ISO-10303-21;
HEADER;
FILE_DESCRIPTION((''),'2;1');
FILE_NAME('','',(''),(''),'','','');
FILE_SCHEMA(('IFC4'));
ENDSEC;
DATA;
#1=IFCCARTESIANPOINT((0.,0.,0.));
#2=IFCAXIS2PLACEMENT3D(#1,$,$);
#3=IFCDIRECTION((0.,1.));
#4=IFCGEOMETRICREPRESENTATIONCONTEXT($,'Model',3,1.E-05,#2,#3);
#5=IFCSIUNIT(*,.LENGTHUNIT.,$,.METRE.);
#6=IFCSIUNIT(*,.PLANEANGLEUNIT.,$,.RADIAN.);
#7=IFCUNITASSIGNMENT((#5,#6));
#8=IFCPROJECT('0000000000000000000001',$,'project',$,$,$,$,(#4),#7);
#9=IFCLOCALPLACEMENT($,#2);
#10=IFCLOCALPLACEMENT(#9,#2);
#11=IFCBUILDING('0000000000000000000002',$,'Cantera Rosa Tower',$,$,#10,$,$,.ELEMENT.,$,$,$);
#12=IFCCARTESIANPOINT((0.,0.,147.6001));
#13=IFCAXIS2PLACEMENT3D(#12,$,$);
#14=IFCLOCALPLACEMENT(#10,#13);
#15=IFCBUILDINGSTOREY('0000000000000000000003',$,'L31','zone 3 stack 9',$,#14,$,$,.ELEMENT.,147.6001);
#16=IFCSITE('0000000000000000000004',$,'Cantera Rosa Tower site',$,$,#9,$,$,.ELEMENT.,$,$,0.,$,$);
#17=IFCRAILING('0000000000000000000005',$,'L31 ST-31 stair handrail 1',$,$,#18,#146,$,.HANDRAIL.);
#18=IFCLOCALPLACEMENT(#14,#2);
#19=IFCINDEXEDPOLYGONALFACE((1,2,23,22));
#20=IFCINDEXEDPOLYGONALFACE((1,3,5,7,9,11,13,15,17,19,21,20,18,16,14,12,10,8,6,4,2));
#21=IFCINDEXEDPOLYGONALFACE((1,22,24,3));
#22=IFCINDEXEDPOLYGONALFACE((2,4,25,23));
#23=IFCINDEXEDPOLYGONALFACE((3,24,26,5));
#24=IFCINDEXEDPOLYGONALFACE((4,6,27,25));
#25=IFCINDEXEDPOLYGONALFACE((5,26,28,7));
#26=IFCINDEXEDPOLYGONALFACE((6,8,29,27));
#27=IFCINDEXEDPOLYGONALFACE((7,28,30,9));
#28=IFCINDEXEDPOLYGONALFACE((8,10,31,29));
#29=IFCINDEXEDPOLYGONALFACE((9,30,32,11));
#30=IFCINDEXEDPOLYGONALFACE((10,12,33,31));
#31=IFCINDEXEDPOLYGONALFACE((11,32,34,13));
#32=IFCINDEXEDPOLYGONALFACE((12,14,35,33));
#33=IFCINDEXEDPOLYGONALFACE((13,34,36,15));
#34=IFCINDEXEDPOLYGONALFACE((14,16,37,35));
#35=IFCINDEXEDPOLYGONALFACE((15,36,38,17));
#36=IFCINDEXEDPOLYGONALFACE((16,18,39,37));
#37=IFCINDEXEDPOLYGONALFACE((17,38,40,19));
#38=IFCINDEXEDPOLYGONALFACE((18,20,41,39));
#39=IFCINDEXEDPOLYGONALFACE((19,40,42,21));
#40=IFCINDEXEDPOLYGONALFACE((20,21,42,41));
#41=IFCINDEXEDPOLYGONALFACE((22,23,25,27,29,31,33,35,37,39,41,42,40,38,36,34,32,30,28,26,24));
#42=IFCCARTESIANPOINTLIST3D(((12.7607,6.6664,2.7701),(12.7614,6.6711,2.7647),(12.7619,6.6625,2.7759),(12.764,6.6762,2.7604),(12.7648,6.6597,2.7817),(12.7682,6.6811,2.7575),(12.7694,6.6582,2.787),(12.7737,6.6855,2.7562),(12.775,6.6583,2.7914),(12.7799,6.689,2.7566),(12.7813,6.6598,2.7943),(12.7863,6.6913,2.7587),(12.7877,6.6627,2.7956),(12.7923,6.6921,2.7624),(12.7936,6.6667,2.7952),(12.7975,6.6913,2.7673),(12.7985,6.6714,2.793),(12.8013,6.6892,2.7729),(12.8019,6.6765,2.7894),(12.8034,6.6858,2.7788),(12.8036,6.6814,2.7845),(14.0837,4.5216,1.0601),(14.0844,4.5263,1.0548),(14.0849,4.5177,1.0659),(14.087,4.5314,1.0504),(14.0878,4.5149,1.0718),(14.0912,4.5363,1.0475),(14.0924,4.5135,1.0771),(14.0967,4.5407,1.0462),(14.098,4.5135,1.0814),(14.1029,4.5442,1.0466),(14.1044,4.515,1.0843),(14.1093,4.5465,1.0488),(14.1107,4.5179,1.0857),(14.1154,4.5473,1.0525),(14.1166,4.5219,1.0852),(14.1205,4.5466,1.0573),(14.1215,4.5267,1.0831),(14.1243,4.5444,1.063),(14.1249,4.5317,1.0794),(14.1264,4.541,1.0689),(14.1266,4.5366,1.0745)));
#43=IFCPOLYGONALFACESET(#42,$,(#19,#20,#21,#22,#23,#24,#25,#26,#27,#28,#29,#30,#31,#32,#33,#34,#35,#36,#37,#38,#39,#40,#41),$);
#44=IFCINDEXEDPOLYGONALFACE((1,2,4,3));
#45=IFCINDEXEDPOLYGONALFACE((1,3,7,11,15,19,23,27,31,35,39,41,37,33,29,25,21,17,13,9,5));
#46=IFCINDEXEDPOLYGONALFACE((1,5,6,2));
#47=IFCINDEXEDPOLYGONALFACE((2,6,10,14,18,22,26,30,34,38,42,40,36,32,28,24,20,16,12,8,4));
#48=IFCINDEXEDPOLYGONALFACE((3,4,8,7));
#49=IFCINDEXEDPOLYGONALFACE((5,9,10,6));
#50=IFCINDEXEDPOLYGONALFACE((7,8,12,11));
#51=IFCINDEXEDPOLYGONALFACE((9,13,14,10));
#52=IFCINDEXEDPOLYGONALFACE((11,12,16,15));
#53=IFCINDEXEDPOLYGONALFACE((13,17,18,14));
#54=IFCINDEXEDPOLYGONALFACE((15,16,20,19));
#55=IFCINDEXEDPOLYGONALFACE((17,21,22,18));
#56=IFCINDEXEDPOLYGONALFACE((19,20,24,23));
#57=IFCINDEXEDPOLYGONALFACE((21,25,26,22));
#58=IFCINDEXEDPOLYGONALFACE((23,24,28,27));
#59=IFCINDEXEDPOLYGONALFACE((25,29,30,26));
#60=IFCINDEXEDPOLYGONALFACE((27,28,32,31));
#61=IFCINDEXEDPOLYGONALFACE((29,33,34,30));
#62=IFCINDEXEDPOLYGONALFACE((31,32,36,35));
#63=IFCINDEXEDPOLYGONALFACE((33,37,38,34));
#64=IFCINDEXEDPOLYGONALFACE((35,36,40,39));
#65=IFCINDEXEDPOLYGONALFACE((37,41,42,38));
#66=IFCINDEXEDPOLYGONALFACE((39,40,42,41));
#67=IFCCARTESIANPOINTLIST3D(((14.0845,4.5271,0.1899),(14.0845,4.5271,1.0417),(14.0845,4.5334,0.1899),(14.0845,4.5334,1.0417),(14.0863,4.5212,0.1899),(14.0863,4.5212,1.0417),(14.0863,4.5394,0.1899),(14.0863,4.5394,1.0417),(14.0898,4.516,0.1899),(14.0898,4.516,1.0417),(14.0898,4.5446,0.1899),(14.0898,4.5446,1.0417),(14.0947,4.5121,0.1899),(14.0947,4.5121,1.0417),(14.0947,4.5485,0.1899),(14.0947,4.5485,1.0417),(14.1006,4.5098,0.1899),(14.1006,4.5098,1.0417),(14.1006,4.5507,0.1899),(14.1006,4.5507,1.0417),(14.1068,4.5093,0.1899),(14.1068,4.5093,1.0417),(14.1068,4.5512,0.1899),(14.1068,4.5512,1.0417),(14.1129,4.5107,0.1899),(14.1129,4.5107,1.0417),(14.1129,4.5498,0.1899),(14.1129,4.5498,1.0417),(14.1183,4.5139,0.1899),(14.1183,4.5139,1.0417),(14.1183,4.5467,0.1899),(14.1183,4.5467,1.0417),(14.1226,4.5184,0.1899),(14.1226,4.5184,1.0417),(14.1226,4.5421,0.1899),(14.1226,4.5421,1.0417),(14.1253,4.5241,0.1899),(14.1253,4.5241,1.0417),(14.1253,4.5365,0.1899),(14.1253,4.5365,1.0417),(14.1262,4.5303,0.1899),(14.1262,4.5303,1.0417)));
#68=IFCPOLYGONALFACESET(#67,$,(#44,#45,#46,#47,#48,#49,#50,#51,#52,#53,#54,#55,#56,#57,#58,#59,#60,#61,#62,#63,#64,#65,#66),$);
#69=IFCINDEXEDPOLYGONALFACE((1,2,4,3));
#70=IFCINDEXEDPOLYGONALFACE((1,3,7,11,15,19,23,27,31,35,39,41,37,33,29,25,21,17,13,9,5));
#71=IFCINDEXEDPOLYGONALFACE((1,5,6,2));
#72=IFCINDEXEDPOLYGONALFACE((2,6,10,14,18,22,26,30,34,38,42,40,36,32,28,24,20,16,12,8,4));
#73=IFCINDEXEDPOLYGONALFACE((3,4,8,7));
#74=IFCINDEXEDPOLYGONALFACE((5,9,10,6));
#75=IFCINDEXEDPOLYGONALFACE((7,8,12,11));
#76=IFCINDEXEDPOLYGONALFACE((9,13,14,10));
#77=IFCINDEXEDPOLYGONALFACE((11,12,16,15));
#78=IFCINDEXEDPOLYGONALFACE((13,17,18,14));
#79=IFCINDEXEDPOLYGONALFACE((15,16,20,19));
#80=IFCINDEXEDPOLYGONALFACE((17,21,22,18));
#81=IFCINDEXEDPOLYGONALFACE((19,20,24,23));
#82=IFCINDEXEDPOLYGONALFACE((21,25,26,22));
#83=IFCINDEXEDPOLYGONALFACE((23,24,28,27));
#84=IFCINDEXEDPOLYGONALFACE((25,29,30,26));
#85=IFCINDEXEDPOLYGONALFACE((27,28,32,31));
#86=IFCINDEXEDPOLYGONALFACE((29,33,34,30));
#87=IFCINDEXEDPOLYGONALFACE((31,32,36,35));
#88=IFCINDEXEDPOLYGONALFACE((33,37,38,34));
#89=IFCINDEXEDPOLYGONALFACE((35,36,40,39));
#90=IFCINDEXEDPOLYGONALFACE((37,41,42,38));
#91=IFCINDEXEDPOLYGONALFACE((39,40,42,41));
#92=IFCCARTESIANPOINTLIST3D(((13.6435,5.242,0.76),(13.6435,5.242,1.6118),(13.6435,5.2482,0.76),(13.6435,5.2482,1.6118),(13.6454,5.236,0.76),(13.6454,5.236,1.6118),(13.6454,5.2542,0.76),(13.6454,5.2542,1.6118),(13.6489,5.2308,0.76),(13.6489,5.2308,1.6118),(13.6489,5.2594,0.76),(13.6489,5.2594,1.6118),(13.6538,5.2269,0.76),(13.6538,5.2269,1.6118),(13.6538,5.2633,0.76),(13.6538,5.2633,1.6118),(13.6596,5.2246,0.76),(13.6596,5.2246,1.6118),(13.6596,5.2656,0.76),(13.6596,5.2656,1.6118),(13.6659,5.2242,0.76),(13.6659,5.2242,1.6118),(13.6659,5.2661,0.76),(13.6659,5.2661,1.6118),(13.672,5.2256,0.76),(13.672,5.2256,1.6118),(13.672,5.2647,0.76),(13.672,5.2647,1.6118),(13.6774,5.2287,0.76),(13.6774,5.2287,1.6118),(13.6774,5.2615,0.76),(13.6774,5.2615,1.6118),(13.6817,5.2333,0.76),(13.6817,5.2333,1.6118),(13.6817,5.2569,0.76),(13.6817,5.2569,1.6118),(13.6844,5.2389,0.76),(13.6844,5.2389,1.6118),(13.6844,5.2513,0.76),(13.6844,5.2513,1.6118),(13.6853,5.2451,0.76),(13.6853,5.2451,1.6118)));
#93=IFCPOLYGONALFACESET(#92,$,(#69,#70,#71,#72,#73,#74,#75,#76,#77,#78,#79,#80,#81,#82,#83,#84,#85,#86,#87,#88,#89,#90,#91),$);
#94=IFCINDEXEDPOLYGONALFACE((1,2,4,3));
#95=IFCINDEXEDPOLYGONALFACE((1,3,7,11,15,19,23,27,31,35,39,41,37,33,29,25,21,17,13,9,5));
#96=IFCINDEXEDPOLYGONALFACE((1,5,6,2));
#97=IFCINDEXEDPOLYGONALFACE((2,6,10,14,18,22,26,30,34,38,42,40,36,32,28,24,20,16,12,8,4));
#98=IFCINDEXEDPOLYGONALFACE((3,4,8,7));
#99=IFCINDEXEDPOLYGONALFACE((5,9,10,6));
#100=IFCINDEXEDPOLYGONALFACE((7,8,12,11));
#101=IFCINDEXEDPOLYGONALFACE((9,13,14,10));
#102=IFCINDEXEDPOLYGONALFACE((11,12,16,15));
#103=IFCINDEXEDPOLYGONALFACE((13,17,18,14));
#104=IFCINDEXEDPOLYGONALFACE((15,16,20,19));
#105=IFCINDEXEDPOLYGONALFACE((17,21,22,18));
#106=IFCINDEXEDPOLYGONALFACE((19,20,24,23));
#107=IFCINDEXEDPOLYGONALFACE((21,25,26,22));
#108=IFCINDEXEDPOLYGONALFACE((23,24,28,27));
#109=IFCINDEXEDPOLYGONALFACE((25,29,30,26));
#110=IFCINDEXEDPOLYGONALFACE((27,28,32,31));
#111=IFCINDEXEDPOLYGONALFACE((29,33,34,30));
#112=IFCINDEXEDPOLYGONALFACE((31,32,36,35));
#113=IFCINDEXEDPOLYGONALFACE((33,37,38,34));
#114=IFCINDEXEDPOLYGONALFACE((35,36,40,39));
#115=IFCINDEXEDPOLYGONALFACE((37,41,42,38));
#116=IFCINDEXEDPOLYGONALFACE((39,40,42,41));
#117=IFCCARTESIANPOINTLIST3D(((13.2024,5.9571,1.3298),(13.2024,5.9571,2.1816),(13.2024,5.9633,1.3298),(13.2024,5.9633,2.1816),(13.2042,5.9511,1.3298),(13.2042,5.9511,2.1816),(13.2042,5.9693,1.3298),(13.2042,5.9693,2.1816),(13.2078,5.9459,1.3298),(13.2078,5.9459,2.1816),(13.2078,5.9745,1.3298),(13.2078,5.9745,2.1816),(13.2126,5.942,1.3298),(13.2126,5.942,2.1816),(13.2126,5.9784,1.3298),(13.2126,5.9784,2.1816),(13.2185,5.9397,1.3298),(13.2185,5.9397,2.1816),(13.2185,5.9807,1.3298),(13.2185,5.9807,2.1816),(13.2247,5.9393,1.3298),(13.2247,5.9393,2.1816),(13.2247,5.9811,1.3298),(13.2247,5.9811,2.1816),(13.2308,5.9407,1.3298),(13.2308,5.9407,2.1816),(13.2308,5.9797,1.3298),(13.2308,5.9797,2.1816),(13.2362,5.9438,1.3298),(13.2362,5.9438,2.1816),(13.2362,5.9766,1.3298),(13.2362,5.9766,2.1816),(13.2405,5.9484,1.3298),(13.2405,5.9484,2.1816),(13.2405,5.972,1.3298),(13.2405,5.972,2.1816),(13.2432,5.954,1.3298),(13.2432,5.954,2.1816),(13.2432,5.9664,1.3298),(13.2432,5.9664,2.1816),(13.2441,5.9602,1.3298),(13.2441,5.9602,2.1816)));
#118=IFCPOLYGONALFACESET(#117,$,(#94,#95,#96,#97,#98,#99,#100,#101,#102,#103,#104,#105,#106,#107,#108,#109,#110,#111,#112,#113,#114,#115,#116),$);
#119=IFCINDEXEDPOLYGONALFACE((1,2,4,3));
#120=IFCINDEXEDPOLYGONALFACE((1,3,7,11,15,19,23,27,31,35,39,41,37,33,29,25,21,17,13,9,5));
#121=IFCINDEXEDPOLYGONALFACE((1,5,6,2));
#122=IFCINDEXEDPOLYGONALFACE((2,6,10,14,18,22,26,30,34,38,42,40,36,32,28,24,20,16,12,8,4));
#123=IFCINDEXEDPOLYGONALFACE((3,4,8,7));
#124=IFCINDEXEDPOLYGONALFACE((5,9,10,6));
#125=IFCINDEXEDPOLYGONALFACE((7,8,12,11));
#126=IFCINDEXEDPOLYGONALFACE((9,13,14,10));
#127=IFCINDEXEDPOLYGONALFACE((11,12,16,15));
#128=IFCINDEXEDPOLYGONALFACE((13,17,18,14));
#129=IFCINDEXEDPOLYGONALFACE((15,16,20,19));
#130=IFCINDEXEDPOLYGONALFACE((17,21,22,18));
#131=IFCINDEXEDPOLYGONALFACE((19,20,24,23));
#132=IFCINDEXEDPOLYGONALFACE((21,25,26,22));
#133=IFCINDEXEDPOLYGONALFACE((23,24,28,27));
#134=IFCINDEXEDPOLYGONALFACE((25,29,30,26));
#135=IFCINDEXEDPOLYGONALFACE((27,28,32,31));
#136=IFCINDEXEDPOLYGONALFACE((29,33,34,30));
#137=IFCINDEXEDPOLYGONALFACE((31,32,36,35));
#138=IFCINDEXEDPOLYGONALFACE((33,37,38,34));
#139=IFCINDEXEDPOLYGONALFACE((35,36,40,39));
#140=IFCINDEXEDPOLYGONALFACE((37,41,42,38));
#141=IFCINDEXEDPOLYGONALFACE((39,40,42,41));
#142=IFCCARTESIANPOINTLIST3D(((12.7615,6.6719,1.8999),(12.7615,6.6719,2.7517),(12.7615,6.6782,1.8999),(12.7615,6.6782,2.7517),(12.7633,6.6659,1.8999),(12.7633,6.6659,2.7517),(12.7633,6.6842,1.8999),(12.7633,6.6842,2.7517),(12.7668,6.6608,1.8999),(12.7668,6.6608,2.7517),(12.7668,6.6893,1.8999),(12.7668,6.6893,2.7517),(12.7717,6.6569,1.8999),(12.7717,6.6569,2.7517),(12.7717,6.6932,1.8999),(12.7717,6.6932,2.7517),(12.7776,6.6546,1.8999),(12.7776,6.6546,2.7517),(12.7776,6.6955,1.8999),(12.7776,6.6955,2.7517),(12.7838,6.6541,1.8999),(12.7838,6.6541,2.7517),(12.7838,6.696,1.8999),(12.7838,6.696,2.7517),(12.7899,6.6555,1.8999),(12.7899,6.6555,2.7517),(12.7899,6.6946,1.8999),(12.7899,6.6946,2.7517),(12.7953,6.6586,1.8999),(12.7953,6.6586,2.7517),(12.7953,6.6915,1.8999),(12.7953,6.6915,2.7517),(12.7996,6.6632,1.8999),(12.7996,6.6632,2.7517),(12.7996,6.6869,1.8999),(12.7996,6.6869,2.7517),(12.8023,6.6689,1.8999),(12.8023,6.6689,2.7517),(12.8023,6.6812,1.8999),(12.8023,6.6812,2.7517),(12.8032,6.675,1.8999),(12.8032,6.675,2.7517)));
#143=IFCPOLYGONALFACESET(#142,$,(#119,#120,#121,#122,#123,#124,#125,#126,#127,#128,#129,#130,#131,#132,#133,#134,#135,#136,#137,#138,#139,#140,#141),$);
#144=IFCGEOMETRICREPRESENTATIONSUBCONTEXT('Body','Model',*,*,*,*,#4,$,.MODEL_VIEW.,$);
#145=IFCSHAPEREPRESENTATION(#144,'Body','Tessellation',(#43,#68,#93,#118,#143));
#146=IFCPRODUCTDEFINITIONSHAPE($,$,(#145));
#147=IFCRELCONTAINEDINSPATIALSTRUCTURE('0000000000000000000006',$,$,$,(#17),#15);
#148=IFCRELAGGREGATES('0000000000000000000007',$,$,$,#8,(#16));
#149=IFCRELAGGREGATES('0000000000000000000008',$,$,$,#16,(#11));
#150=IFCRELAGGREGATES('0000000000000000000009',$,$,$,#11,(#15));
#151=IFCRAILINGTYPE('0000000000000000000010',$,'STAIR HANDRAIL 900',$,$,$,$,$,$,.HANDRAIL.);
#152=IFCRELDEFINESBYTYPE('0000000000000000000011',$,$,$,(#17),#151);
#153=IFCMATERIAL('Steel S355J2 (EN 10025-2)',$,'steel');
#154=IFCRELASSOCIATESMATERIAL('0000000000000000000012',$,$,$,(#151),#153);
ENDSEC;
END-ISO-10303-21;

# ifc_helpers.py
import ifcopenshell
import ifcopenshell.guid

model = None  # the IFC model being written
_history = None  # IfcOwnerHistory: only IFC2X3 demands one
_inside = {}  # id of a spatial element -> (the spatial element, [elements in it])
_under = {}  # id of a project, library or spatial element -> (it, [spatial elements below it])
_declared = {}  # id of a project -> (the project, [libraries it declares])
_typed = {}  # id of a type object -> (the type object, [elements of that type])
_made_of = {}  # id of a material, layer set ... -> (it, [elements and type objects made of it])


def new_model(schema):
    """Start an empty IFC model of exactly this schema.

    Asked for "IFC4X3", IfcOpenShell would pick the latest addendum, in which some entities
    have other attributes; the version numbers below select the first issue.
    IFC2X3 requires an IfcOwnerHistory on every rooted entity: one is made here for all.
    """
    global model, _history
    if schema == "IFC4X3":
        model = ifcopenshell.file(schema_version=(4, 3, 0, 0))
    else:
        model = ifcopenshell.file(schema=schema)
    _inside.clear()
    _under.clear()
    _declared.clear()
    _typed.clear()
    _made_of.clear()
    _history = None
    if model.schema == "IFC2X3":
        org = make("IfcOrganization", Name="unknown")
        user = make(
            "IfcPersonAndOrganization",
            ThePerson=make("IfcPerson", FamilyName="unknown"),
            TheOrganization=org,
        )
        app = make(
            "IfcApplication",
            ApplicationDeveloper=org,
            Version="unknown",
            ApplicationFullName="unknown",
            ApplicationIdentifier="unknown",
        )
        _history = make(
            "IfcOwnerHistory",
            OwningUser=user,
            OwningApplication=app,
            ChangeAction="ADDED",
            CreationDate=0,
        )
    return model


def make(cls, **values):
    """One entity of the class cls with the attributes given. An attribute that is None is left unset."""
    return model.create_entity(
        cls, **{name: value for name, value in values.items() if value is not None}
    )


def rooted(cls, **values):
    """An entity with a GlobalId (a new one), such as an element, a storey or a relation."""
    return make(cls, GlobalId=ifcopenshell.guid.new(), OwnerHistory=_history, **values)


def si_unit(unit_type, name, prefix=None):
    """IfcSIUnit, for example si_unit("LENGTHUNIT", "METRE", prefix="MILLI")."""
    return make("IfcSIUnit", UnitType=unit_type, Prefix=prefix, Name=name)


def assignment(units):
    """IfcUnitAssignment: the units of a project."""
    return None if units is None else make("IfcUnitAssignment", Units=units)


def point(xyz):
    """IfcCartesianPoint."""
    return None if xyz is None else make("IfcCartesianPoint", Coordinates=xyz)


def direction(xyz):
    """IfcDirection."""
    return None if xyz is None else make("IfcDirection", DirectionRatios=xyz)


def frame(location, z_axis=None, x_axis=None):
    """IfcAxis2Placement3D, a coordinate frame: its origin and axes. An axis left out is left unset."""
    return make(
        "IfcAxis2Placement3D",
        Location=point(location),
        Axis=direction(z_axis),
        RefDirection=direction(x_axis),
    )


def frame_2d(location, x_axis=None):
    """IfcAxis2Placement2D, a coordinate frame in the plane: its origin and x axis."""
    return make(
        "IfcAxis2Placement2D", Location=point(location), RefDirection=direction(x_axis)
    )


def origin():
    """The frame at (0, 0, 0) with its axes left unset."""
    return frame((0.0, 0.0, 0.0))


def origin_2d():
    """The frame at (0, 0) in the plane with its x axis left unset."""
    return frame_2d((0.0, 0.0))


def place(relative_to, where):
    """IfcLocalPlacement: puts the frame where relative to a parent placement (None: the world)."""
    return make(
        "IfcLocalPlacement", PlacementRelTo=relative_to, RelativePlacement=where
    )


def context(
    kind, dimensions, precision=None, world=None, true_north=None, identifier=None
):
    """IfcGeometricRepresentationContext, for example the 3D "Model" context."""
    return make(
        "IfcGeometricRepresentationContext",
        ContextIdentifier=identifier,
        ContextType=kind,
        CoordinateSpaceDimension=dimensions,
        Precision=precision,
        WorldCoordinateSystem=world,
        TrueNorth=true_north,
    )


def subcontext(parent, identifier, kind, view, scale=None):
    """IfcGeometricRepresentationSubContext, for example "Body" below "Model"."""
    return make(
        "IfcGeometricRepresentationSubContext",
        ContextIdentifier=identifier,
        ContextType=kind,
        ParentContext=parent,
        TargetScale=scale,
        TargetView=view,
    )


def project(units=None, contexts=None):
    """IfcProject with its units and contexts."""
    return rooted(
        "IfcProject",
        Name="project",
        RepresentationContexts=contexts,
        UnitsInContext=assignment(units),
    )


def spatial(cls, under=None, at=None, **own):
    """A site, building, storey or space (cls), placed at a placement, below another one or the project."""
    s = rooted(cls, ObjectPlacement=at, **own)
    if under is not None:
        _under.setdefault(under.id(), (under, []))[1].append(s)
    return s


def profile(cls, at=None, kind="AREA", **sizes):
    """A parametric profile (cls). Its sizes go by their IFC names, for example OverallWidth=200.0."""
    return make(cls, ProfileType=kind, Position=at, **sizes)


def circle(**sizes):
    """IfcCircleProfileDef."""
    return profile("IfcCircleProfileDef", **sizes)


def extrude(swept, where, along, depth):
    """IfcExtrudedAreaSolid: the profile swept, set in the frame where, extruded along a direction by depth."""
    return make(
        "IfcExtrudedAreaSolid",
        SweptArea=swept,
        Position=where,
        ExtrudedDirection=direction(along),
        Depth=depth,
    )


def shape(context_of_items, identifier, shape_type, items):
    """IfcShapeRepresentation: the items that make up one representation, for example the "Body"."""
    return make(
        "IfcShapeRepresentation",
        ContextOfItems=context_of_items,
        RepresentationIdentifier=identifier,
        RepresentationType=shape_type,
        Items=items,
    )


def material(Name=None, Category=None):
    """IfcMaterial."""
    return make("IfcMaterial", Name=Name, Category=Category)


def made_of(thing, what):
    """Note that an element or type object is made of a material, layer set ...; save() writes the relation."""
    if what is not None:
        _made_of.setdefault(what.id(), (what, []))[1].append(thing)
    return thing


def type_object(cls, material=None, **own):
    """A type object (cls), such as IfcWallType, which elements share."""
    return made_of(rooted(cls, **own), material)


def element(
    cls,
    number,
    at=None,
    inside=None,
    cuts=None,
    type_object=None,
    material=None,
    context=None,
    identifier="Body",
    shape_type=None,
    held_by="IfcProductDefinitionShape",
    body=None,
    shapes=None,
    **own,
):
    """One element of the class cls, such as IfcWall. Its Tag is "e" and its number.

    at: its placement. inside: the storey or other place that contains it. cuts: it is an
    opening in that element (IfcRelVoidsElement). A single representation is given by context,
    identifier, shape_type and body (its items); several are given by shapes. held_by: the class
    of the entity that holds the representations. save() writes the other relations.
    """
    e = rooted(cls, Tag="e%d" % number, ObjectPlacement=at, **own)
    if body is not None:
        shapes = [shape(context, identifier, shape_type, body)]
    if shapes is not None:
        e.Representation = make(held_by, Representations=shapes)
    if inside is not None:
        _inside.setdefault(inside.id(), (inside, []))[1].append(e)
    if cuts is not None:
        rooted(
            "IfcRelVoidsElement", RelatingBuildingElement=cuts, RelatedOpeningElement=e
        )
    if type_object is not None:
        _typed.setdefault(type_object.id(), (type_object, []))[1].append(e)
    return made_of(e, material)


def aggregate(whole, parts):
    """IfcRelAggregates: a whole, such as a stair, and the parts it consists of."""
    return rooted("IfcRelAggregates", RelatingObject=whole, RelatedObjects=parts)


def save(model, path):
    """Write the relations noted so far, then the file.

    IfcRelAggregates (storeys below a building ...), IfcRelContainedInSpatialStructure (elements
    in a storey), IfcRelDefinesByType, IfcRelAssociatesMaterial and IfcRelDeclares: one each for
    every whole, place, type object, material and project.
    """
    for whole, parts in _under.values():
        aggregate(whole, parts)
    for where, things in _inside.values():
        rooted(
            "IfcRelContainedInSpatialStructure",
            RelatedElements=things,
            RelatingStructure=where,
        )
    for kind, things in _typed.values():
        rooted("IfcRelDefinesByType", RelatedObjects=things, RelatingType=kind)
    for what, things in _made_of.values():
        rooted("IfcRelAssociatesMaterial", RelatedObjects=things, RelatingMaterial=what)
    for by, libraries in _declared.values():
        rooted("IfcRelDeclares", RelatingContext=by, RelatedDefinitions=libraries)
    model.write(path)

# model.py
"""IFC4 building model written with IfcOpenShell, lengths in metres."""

from ifc_helpers import new_model, si_unit, direction, frame, origin, origin_2d, place, context, subcontext, project, spatial, circle, extrude, material, type_object, element, save


model = new_model("IFC4")

# Units and contexts
model_context = context("Model", 3, precision=1e-05, world=origin(), true_north=direction((0.0, 1.0)))
body_context = subcontext(model_context, "Body", "Model", "MODEL_VIEW")
ifc_project = project(units=[si_unit("LENGTHUNIT", "METRE"), si_unit("PLANEANGLEUNIT", "RADIAN")], contexts=[model_context])

# Site, building, storey
site_placement = place(None, origin())
site = spatial("IfcSite", under=ifc_project, at=site_placement, Name="Cantera Rosa Tower site", CompositionType="ELEMENT", RefElevation=0.0)
building_placement = place(site_placement, origin())
building = spatial("IfcBuilding", under=site, at=building_placement, Name="Cantera Rosa Tower", CompositionType="ELEMENT")
storey_placement = place(building_placement, frame((0.0, 0.0, 147.6001)))
storey = spatial("IfcBuildingStorey", under=building, at=storey_placement, Name="L31", Description="zone 3 stack 9", CompositionType="ELEMENT", Elevation=147.6001)

# Railing
ifc_material_1 = material(Name="Steel S355J2 (EN 10025-2)", Category="steel")
railing_type_1 = type_object("IfcRailingType", Name="STAIR HANDRAIL 900", PredefinedType="HANDRAIL", material=ifc_material_1)
railing_1_placement = place(storey_placement, frame((14.1052, 4.5303, 0.1899)))
element("IfcRailing", 1, at=railing_1_placement, inside=storey, type_object=railing_type_1, Name="L31 ST-31 stair handrail 1", PredefinedType="HANDRAIL", context=body_context, shape_type="SweptSolid", body=[
    extrude(circle(Radius=0.0239, at=origin_2d()), frame((0.0, 0.0, 0.876), z_axis=(-0.434428, 0.704271, 0.561493), x_axis=(-0.851102, -0.525, 0.0)), (0.0, 0.0, 1.0), 3.0454),
    extrude(circle(Radius=0.021, at=origin_2d()), origin(), (0.0, 0.0, 1.0), 0.8518),
    extrude(circle(Radius=0.021, at=origin_2d()), frame((-0.4409, 0.7148, 0.5701)), (0.0, 0.0, 1.0), 0.8518),
    extrude(circle(Radius=0.021, at=origin_2d()), frame((-0.8821, 1.4299, 1.1399)), (0.0, 0.0, 1.0), 0.8518),
    extrude(circle(Radius=0.021, at=origin_2d()), frame((-1.323, 2.1448, 1.71)), (0.0, 0.0, 1.0), 0.8518),
])

save(model, "model.ifc")
